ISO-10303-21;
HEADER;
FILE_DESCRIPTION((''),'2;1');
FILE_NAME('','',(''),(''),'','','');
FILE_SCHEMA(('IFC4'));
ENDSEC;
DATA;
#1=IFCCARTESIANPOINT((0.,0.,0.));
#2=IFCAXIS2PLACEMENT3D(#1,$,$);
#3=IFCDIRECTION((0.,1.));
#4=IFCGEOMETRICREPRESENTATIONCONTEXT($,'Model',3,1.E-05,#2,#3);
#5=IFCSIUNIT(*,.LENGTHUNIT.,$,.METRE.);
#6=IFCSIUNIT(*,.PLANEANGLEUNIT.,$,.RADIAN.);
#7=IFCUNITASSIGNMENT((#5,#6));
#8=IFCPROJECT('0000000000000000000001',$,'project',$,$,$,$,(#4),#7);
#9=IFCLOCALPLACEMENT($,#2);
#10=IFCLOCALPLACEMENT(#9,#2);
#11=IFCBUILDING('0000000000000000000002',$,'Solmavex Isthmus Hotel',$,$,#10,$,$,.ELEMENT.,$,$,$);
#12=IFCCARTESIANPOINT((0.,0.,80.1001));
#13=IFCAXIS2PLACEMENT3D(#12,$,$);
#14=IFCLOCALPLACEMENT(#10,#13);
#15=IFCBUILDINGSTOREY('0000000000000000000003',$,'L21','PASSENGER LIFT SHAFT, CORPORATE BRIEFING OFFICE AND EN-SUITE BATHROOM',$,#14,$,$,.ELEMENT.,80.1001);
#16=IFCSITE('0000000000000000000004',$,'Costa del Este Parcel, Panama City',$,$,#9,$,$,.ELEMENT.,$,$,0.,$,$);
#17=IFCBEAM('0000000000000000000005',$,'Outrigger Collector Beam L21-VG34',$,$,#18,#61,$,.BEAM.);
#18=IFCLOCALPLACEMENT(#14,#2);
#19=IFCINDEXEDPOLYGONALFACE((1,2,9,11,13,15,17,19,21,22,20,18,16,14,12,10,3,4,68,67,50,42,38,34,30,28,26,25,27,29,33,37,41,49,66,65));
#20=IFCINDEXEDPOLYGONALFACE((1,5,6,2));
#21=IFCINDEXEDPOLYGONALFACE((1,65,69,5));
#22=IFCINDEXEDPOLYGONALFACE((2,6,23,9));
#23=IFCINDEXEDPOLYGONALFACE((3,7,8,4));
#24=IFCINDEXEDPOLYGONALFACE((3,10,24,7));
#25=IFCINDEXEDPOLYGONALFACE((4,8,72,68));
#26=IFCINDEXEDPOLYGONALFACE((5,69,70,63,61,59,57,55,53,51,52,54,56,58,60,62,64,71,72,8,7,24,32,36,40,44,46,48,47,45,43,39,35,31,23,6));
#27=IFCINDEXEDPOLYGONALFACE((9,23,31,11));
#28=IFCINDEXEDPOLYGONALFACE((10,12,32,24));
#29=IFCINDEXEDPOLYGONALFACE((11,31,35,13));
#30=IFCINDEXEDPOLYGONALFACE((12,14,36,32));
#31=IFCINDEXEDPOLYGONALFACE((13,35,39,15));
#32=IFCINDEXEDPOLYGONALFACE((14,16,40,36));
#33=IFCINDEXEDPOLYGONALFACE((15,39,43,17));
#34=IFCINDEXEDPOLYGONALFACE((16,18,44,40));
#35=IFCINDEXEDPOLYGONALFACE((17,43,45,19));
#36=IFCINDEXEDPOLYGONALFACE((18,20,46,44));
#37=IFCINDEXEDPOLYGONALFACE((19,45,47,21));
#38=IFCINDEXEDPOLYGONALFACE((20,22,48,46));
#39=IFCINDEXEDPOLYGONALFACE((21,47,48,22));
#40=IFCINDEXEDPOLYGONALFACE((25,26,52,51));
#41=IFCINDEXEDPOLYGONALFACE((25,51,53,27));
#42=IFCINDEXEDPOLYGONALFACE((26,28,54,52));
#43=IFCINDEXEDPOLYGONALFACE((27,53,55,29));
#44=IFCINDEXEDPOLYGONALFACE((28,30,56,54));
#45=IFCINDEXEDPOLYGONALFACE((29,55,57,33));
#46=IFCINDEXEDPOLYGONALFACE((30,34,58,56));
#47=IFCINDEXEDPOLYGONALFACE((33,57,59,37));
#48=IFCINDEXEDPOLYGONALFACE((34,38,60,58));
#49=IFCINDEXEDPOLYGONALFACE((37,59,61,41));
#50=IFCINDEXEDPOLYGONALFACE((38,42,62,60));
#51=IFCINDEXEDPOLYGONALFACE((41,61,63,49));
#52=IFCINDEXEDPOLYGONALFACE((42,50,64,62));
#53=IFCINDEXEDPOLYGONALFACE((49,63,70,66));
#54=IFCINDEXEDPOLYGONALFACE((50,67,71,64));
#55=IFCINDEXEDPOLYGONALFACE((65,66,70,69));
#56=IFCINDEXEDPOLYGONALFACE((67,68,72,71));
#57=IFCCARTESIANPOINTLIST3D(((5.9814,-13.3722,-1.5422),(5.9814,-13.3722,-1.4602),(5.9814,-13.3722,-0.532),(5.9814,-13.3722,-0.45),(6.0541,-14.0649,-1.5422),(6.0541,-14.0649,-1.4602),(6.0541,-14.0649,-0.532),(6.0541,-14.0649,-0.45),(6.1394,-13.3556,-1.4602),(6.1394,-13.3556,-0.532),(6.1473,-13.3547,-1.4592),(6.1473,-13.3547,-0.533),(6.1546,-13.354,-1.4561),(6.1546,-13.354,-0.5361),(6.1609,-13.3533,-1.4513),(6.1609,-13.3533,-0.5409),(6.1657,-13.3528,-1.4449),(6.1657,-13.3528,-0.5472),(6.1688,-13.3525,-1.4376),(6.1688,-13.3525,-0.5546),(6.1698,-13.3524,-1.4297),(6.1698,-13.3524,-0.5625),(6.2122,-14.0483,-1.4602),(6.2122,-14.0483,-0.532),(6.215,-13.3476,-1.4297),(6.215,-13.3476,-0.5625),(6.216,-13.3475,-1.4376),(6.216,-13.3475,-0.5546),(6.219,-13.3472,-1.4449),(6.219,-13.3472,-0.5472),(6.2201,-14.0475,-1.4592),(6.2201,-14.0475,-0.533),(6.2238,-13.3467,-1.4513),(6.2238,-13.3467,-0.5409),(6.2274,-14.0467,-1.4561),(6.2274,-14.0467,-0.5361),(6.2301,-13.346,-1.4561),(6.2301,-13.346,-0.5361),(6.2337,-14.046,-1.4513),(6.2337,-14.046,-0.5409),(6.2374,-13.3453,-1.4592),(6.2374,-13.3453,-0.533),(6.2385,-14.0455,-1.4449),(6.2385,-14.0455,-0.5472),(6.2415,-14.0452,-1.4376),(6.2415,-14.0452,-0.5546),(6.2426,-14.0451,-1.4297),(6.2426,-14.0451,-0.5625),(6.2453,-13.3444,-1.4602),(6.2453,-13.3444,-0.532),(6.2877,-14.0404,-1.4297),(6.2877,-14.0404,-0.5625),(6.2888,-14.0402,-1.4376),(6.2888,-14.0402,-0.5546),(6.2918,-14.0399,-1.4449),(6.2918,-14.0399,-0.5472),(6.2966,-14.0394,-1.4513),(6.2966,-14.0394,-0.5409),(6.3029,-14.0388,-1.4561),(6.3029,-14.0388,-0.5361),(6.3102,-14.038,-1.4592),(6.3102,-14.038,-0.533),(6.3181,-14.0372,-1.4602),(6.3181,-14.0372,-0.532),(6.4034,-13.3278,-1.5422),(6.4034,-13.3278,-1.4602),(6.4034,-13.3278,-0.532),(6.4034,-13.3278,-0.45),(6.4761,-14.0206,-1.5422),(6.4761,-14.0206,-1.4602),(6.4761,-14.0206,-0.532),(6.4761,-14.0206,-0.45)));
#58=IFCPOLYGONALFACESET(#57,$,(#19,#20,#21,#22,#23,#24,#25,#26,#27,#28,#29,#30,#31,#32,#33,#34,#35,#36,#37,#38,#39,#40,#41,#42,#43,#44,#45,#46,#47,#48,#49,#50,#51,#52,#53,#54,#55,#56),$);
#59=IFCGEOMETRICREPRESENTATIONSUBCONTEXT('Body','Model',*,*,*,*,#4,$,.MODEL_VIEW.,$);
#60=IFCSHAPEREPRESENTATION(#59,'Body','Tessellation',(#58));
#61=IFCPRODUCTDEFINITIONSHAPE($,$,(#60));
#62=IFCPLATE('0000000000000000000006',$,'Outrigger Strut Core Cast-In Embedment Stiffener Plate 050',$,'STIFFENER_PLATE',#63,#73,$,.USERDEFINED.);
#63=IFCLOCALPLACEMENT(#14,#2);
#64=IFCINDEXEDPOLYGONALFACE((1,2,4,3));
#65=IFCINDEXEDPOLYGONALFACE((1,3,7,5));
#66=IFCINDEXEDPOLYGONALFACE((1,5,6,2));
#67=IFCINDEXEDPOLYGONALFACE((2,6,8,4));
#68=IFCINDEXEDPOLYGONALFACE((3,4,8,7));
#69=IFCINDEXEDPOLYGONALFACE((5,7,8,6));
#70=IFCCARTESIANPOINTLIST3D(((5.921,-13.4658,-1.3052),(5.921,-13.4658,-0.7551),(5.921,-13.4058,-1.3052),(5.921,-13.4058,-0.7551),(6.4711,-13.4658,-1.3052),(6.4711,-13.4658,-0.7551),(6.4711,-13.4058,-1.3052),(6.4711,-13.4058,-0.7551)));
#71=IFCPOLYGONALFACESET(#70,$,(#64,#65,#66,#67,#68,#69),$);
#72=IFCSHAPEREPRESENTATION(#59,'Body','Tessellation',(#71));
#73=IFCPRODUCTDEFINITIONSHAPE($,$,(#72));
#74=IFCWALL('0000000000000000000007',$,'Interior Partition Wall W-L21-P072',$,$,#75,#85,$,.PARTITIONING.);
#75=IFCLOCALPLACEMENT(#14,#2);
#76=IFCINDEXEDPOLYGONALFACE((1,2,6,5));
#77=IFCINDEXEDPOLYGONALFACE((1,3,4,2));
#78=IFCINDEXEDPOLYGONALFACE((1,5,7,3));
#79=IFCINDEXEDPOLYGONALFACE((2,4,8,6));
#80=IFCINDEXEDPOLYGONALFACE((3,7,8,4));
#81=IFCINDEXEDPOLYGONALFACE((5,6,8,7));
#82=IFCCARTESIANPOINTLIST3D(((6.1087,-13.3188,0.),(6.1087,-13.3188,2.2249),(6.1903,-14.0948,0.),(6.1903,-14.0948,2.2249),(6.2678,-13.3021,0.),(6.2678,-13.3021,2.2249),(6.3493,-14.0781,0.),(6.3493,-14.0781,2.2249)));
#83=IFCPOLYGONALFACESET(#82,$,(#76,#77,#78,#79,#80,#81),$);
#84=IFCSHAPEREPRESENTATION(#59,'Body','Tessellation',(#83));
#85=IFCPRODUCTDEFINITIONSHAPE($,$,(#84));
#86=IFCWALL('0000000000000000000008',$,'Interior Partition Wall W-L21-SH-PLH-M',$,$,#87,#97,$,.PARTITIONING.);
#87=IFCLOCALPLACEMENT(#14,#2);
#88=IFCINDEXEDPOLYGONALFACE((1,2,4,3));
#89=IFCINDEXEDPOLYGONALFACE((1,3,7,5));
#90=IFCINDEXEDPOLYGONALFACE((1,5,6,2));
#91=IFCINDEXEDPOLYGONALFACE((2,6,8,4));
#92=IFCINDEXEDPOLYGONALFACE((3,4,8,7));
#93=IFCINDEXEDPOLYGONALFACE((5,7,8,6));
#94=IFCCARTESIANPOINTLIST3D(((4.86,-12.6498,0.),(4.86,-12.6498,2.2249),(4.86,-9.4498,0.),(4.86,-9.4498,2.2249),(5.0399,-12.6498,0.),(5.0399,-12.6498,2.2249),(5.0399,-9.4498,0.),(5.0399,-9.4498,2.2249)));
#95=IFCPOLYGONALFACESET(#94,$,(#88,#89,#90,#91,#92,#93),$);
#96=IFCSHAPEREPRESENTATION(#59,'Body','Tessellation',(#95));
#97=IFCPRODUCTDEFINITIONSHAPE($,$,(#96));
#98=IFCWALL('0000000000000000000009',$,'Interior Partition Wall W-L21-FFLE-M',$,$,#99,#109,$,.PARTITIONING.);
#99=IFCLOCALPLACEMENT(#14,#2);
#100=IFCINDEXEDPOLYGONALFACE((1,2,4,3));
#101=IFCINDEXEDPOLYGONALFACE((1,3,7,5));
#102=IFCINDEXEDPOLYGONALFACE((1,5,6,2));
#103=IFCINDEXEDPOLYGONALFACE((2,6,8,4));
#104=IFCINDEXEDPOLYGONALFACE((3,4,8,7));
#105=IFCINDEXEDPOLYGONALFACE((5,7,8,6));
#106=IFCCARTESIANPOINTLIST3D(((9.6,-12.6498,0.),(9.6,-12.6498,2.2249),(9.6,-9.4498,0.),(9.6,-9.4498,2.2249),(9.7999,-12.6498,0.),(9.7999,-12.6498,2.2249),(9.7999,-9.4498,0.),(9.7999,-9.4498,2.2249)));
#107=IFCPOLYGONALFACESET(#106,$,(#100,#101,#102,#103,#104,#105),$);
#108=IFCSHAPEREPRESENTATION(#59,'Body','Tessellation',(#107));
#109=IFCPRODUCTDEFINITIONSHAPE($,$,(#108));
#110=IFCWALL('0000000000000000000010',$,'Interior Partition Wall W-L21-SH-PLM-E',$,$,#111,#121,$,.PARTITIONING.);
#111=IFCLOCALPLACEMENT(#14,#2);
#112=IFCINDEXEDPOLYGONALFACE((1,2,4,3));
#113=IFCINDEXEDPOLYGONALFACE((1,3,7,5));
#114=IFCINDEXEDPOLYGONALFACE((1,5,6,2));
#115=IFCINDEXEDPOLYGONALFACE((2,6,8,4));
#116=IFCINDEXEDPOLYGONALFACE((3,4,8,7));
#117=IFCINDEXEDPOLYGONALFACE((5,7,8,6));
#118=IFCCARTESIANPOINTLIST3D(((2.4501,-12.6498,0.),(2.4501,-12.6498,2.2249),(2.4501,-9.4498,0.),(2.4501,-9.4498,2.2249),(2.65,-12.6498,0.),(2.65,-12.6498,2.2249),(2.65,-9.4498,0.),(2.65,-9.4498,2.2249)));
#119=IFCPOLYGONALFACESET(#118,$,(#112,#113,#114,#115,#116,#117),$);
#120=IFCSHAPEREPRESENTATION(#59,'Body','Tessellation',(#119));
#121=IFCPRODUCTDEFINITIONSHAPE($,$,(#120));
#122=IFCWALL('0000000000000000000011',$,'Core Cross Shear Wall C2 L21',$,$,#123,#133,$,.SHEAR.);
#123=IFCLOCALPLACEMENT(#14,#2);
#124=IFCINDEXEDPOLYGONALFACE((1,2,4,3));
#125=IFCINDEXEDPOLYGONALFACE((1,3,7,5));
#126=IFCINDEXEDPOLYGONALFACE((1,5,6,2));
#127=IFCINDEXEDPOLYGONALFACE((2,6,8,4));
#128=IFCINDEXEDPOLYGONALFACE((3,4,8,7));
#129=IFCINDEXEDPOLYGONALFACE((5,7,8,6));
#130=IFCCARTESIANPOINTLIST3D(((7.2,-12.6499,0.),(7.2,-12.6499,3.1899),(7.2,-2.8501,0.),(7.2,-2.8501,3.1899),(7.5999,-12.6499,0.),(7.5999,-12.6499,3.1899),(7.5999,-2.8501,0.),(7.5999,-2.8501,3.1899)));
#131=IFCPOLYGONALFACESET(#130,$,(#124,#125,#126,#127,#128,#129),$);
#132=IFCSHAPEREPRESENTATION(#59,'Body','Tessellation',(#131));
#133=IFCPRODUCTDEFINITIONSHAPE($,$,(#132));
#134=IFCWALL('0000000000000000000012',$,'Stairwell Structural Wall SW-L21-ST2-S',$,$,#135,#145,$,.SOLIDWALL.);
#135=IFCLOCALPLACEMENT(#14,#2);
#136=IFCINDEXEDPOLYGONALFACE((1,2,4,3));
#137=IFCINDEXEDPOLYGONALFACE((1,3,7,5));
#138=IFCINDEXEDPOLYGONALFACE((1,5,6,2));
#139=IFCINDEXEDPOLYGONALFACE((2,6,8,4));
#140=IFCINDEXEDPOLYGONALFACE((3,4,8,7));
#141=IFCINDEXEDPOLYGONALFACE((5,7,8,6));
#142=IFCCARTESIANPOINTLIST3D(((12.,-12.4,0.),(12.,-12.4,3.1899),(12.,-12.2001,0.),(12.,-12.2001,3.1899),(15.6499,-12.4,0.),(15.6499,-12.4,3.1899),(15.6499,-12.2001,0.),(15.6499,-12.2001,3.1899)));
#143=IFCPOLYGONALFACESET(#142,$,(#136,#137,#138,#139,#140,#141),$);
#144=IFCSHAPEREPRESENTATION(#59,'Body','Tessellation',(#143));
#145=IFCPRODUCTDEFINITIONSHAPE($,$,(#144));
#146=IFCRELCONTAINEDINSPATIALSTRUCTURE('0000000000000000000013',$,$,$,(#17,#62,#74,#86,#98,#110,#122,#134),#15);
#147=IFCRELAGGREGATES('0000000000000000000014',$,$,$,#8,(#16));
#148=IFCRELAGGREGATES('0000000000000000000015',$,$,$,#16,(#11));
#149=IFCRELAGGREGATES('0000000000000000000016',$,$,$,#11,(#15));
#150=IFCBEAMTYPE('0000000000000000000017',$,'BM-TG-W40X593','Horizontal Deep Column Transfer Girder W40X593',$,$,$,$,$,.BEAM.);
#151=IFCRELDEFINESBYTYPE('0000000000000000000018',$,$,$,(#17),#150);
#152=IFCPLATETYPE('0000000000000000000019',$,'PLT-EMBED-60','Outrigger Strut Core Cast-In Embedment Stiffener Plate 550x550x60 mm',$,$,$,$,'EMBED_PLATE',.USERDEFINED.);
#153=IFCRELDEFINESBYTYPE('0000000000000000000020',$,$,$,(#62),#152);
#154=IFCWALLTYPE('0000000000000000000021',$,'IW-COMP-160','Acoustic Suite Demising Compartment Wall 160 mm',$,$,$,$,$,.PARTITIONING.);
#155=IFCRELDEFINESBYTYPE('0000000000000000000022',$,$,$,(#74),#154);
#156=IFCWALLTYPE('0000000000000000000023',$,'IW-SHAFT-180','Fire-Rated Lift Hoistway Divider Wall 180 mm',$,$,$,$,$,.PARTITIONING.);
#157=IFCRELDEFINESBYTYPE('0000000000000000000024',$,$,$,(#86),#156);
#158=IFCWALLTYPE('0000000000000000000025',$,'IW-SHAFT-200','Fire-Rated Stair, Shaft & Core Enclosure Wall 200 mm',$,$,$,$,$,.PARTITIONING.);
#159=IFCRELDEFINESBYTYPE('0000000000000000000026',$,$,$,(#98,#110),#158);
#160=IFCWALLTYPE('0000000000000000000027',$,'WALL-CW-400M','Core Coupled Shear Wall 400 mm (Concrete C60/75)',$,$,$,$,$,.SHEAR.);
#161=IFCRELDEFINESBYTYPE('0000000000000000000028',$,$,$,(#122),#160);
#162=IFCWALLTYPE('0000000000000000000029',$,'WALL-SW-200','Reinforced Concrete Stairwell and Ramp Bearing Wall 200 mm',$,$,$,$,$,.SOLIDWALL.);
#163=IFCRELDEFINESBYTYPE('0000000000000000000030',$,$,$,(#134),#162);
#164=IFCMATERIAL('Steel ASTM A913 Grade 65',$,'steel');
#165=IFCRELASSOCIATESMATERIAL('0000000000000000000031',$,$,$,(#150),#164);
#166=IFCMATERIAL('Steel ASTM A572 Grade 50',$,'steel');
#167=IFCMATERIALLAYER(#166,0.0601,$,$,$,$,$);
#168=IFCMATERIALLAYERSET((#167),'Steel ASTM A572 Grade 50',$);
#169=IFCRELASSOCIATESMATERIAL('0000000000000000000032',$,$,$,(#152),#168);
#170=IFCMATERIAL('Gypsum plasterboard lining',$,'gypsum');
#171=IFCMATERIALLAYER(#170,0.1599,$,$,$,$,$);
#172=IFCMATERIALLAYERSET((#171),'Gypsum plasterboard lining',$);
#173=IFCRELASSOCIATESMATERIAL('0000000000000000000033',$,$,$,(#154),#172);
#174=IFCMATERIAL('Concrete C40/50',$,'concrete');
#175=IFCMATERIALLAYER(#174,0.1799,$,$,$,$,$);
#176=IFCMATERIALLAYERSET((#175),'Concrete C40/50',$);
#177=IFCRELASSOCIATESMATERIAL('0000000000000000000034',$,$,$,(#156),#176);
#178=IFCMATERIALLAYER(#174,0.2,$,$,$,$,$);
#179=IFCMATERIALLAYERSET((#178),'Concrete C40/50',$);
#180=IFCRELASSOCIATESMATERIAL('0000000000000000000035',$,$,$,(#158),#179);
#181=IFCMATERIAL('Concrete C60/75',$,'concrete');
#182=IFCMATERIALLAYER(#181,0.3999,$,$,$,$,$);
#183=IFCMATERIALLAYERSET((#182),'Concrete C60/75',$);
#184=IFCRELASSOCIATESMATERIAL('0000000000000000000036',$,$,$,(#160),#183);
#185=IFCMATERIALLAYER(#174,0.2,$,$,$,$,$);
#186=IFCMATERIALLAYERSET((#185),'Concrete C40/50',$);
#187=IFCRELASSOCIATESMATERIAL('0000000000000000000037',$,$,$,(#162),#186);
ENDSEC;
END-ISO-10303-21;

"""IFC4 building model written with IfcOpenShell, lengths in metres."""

from ifc_helpers import new_model, si_unit, direction, frame, frame_2d, origin, origin_2d, place, context, subcontext, project, spatial, rectangle, i_section, extrude, material, layer, layer_set, material_profile, profile_set, type_object, element, save


model = new_model("IFC4")

# Units and contexts
model_context = context("Model", 3, precision=1e-05, world=origin(), true_north=direction((0.0, 1.0)))
body_context = subcontext(model_context, "Body", "Model", "MODEL_VIEW")
ifc_project = project(units=[si_unit("LENGTHUNIT", "METRE"), si_unit("PLANEANGLEUNIT", "RADIAN")], contexts=[model_context])

# Site, building, storey
site_placement = place(None, origin())
site = spatial("IfcSite", under=ifc_project, at=site_placement, Name="Costa del Este Parcel, Panama City", CompositionType="ELEMENT", RefElevation=0.0)
building_placement = place(site_placement, origin())
building = spatial("IfcBuilding", under=site, at=building_placement, Name="Solmavex Isthmus Hotel", CompositionType="ELEMENT")
storey_placement = place(building_placement, frame((0.0, 0.0, 80.1001)))
storey = spatial("IfcBuildingStorey", under=building, at=storey_placement, Name="L21", Description="PASSENGER LIFT SHAFT, CORPORATE BRIEFING OFFICE AND EN-SUITE BATHROOM", CompositionType="ELEMENT", Elevation=80.1001)

# Shared definitions
ifc_material_1 = material(Name="Concrete C60/75", Category="concrete")
ifc_material_2 = material(Name="Steel ASTM A913 Grade 65", Category="steel")

# Beam
ifc_material_3 = material(Name="Steel ASTM A572 Grade 50", Category="steel")
ifc_material_profile_1 = material_profile(ifc_material_2, i_section(OverallWidth=0.4243, OverallDepth=1.0923, WebThickness=0.0454, FlangeThickness=0.082, FilletRadius=0.0305, at=origin_2d()), Name="W40X593")
ifc_profile_set_1 = profile_set([ifc_material_profile_1], Name="Steel ASTM A913 Grade 65")
beam_type_1 = type_object("IfcBeamType", Name="BM-TG-W40X593", Description="Horizontal Deep Column Transfer Girder W40X593", PredefinedType="BEAM", material=ifc_profile_set_1)
beam_1_placement = place(storey_placement, frame((6.2651, -14.0427, -0.9961), z_axis=(-0.104466, 0.994528, 0.0), x_axis=(-0.994528, -0.104466, 0.0)))
element("IfcBeam", 1, at=beam_1_placement, inside=storey, type_object=beam_type_1, Name="Outrigger Collector Beam L21-VG34", PredefinedType="BEAM", context=body_context, shape_type="SweptSolid", body=[
    extrude(i_section(OverallWidth=0.4243, OverallDepth=1.0923, WebThickness=0.0454, FlangeThickness=0.082, FilletRadius=0.0305, at=origin_2d()), origin(), (0.0, 0.0, 1.0), 0.6965),
])

# Plate
ifc_layer_1 = layer(ifc_material_3, 0.0601)
ifc_layer_set_1 = layer_set([ifc_layer_1], Name="Steel ASTM A572 Grade 50")
plate_type = type_object("IfcPlateType", Name="PLT-EMBED-60", Description="Outrigger Strut Core Cast-In Embedment Stiffener Plate 550x550x60 mm", ElementType="EMBED_PLATE", PredefinedType="USERDEFINED", material=ifc_layer_set_1)
plate_placement = place(storey_placement, frame((6.196, -13.4358, -1.3052), z_axis=(0.0, 0.0, 1.0), x_axis=(1.0, 0.0, 0.0)))
element("IfcPlate", 2, at=plate_placement, inside=storey, type_object=plate_type, Name="Outrigger Strut Core Cast-In Embedment Stiffener Plate 050", ObjectType="STIFFENER_PLATE", PredefinedType="USERDEFINED", context=body_context, shape_type="SweptSolid", body=[
    extrude(rectangle(XDim=0.55, YDim=0.0601, at=origin_2d()), origin(), (0.0, 0.0, 1.0), 0.55),
])

# Wall
ifc_material_4 = material(Name="Gypsum plasterboard lining", Category="gypsum")
ifc_layer_2 = layer(ifc_material_4, 0.1599)
ifc_layer_set_2 = layer_set([ifc_layer_2], Name="Gypsum plasterboard lining")
wall_type_1 = type_object("IfcWallType", Name="IW-COMP-160", Description="Acoustic Suite Demising Compartment Wall 160 mm", PredefinedType="PARTITIONING", material=ifc_layer_set_2)
wall_1_placement = place(storey_placement, frame((6.2698, -14.0864, 0.0), z_axis=(0.0, 0.0, 1.0), x_axis=(-0.104489, 0.994526, 0.0)))
element("IfcWall", 3, at=wall_1_placement, inside=storey, type_object=wall_type_1, Name="Interior Partition Wall W-L21-P072", PredefinedType="PARTITIONING", context=body_context, shape_type="SweptSolid", body=[
    extrude(rectangle(XDim=0.7803, YDim=0.1599, at=frame_2d((0.3901, 0.0))), origin(), (0.0, 0.0, 1.0), 2.2249),
])

# Walls
ifc_material_5 = material(Name="Concrete C40/50", Category="concrete")
ifc_layer_3 = layer(ifc_material_5, 0.1799)
ifc_layer_set_3 = layer_set([ifc_layer_3], Name="Concrete C40/50")
wall_type_2 = type_object("IfcWallType", Name="IW-SHAFT-180", Description="Fire-Rated Lift Hoistway Divider Wall 180 mm", PredefinedType="PARTITIONING", material=ifc_layer_set_3)
wall_2_placement = place(storey_placement, frame((4.95, -12.6499, 0.0), z_axis=(0.0, 0.0, 1.0), x_axis=(0.0, 1.0, 0.0)))
element("IfcWall", 4, at=wall_2_placement, inside=storey, type_object=wall_type_2, Name="Interior Partition Wall W-L21-SH-PLH-M", PredefinedType="PARTITIONING", context=body_context, shape_type="SweptSolid", body=[
    extrude(rectangle(XDim=3.2, YDim=0.1799, at=frame_2d((1.6001, 0.0))), origin(), (0.0, 0.0, 1.0), 2.2249),
])
ifc_layer_4 = layer(ifc_material_5, 0.2)
ifc_layer_set_4 = layer_set([ifc_layer_4], Name="Concrete C40/50")
wall_type_3 = type_object("IfcWallType", Name="IW-SHAFT-200", Description="Fire-Rated Stair, Shaft & Core Enclosure Wall 200 mm", PredefinedType="PARTITIONING", material=ifc_layer_set_4)
for number, where, z_axis, x_axis, name in (
    (5, (9.7, -12.6499, 0.0), (0.0, 0.0, 1.0), (0.0, 1.0, 0.0), "Interior Partition Wall W-L21-FFLE-M"),
    (6, (2.55, -12.6499, 0.0), (0.0, 0.0, 1.0), (0.0, 1.0, 0.0), "Interior Partition Wall W-L21-SH-PLM-E"),
):
    element("IfcWall", number, at=place(storey_placement, frame(where, z_axis=z_axis, x_axis=x_axis)), inside=storey, type_object=wall_type_3, Name=name, PredefinedType="PARTITIONING", context=body_context, shape_type="SweptSolid", body=[
        extrude(rectangle(XDim=3.2, YDim=0.2, at=frame_2d((1.6001, 0.0))), origin(), (0.0, 0.0, 1.0), 2.2249),
    ])
ifc_layer_5 = layer(ifc_material_1, 0.3999)
ifc_layer_set_5 = layer_set([ifc_layer_5], Name="Concrete C60/75")
wall_type_4 = type_object("IfcWallType", Name="WALL-CW-400M", Description="Core Coupled Shear Wall 400 mm (Concrete C60/75)", PredefinedType="SHEAR", material=ifc_layer_set_5)
wall_3_placement = place(storey_placement, frame((7.3999, -12.6499, 0.0), z_axis=(0.0, 0.0, 1.0), x_axis=(0.0, 1.0, 0.0)))
element("IfcWall", 7, at=wall_3_placement, inside=storey, type_object=wall_type_4, Name="Core Cross Shear Wall C2 L21", PredefinedType="SHEAR", context=body_context, shape_type="SweptSolid", body=[
    extrude(rectangle(XDim=9.7998, YDim=0.3999, at=frame_2d((4.8999, 0.0))), origin(), (0.0, 0.0, 1.0), 3.1899),
])
ifc_layer_6 = layer(ifc_material_5, 0.2)
ifc_layer_set_6 = layer_set([ifc_layer_6], Name="Concrete C40/50")
wall_type_5 = type_object("IfcWallType", Name="WALL-SW-200", Description="Reinforced Concrete Stairwell and Ramp Bearing Wall 200 mm", PredefinedType="SOLIDWALL", material=ifc_layer_set_6)
wall_4_placement = place(storey_placement, frame((12.0, -12.3, 0.0), z_axis=(0.0, 0.0, 1.0), x_axis=(1.0, 0.0, 0.0)))
element("IfcWall", 8, at=wall_4_placement, inside=storey, type_object=wall_type_5, Name="Stairwell Structural Wall SW-L21-ST2-S", PredefinedType="SOLIDWALL", context=body_context, shape_type="SweptSolid", body=[
    extrude(rectangle(XDim=3.6499, YDim=0.2, at=frame_2d((1.825, 0.0))), origin(), (0.0, 0.0, 1.0), 3.1899),
])

save(model, "model.ifc")
